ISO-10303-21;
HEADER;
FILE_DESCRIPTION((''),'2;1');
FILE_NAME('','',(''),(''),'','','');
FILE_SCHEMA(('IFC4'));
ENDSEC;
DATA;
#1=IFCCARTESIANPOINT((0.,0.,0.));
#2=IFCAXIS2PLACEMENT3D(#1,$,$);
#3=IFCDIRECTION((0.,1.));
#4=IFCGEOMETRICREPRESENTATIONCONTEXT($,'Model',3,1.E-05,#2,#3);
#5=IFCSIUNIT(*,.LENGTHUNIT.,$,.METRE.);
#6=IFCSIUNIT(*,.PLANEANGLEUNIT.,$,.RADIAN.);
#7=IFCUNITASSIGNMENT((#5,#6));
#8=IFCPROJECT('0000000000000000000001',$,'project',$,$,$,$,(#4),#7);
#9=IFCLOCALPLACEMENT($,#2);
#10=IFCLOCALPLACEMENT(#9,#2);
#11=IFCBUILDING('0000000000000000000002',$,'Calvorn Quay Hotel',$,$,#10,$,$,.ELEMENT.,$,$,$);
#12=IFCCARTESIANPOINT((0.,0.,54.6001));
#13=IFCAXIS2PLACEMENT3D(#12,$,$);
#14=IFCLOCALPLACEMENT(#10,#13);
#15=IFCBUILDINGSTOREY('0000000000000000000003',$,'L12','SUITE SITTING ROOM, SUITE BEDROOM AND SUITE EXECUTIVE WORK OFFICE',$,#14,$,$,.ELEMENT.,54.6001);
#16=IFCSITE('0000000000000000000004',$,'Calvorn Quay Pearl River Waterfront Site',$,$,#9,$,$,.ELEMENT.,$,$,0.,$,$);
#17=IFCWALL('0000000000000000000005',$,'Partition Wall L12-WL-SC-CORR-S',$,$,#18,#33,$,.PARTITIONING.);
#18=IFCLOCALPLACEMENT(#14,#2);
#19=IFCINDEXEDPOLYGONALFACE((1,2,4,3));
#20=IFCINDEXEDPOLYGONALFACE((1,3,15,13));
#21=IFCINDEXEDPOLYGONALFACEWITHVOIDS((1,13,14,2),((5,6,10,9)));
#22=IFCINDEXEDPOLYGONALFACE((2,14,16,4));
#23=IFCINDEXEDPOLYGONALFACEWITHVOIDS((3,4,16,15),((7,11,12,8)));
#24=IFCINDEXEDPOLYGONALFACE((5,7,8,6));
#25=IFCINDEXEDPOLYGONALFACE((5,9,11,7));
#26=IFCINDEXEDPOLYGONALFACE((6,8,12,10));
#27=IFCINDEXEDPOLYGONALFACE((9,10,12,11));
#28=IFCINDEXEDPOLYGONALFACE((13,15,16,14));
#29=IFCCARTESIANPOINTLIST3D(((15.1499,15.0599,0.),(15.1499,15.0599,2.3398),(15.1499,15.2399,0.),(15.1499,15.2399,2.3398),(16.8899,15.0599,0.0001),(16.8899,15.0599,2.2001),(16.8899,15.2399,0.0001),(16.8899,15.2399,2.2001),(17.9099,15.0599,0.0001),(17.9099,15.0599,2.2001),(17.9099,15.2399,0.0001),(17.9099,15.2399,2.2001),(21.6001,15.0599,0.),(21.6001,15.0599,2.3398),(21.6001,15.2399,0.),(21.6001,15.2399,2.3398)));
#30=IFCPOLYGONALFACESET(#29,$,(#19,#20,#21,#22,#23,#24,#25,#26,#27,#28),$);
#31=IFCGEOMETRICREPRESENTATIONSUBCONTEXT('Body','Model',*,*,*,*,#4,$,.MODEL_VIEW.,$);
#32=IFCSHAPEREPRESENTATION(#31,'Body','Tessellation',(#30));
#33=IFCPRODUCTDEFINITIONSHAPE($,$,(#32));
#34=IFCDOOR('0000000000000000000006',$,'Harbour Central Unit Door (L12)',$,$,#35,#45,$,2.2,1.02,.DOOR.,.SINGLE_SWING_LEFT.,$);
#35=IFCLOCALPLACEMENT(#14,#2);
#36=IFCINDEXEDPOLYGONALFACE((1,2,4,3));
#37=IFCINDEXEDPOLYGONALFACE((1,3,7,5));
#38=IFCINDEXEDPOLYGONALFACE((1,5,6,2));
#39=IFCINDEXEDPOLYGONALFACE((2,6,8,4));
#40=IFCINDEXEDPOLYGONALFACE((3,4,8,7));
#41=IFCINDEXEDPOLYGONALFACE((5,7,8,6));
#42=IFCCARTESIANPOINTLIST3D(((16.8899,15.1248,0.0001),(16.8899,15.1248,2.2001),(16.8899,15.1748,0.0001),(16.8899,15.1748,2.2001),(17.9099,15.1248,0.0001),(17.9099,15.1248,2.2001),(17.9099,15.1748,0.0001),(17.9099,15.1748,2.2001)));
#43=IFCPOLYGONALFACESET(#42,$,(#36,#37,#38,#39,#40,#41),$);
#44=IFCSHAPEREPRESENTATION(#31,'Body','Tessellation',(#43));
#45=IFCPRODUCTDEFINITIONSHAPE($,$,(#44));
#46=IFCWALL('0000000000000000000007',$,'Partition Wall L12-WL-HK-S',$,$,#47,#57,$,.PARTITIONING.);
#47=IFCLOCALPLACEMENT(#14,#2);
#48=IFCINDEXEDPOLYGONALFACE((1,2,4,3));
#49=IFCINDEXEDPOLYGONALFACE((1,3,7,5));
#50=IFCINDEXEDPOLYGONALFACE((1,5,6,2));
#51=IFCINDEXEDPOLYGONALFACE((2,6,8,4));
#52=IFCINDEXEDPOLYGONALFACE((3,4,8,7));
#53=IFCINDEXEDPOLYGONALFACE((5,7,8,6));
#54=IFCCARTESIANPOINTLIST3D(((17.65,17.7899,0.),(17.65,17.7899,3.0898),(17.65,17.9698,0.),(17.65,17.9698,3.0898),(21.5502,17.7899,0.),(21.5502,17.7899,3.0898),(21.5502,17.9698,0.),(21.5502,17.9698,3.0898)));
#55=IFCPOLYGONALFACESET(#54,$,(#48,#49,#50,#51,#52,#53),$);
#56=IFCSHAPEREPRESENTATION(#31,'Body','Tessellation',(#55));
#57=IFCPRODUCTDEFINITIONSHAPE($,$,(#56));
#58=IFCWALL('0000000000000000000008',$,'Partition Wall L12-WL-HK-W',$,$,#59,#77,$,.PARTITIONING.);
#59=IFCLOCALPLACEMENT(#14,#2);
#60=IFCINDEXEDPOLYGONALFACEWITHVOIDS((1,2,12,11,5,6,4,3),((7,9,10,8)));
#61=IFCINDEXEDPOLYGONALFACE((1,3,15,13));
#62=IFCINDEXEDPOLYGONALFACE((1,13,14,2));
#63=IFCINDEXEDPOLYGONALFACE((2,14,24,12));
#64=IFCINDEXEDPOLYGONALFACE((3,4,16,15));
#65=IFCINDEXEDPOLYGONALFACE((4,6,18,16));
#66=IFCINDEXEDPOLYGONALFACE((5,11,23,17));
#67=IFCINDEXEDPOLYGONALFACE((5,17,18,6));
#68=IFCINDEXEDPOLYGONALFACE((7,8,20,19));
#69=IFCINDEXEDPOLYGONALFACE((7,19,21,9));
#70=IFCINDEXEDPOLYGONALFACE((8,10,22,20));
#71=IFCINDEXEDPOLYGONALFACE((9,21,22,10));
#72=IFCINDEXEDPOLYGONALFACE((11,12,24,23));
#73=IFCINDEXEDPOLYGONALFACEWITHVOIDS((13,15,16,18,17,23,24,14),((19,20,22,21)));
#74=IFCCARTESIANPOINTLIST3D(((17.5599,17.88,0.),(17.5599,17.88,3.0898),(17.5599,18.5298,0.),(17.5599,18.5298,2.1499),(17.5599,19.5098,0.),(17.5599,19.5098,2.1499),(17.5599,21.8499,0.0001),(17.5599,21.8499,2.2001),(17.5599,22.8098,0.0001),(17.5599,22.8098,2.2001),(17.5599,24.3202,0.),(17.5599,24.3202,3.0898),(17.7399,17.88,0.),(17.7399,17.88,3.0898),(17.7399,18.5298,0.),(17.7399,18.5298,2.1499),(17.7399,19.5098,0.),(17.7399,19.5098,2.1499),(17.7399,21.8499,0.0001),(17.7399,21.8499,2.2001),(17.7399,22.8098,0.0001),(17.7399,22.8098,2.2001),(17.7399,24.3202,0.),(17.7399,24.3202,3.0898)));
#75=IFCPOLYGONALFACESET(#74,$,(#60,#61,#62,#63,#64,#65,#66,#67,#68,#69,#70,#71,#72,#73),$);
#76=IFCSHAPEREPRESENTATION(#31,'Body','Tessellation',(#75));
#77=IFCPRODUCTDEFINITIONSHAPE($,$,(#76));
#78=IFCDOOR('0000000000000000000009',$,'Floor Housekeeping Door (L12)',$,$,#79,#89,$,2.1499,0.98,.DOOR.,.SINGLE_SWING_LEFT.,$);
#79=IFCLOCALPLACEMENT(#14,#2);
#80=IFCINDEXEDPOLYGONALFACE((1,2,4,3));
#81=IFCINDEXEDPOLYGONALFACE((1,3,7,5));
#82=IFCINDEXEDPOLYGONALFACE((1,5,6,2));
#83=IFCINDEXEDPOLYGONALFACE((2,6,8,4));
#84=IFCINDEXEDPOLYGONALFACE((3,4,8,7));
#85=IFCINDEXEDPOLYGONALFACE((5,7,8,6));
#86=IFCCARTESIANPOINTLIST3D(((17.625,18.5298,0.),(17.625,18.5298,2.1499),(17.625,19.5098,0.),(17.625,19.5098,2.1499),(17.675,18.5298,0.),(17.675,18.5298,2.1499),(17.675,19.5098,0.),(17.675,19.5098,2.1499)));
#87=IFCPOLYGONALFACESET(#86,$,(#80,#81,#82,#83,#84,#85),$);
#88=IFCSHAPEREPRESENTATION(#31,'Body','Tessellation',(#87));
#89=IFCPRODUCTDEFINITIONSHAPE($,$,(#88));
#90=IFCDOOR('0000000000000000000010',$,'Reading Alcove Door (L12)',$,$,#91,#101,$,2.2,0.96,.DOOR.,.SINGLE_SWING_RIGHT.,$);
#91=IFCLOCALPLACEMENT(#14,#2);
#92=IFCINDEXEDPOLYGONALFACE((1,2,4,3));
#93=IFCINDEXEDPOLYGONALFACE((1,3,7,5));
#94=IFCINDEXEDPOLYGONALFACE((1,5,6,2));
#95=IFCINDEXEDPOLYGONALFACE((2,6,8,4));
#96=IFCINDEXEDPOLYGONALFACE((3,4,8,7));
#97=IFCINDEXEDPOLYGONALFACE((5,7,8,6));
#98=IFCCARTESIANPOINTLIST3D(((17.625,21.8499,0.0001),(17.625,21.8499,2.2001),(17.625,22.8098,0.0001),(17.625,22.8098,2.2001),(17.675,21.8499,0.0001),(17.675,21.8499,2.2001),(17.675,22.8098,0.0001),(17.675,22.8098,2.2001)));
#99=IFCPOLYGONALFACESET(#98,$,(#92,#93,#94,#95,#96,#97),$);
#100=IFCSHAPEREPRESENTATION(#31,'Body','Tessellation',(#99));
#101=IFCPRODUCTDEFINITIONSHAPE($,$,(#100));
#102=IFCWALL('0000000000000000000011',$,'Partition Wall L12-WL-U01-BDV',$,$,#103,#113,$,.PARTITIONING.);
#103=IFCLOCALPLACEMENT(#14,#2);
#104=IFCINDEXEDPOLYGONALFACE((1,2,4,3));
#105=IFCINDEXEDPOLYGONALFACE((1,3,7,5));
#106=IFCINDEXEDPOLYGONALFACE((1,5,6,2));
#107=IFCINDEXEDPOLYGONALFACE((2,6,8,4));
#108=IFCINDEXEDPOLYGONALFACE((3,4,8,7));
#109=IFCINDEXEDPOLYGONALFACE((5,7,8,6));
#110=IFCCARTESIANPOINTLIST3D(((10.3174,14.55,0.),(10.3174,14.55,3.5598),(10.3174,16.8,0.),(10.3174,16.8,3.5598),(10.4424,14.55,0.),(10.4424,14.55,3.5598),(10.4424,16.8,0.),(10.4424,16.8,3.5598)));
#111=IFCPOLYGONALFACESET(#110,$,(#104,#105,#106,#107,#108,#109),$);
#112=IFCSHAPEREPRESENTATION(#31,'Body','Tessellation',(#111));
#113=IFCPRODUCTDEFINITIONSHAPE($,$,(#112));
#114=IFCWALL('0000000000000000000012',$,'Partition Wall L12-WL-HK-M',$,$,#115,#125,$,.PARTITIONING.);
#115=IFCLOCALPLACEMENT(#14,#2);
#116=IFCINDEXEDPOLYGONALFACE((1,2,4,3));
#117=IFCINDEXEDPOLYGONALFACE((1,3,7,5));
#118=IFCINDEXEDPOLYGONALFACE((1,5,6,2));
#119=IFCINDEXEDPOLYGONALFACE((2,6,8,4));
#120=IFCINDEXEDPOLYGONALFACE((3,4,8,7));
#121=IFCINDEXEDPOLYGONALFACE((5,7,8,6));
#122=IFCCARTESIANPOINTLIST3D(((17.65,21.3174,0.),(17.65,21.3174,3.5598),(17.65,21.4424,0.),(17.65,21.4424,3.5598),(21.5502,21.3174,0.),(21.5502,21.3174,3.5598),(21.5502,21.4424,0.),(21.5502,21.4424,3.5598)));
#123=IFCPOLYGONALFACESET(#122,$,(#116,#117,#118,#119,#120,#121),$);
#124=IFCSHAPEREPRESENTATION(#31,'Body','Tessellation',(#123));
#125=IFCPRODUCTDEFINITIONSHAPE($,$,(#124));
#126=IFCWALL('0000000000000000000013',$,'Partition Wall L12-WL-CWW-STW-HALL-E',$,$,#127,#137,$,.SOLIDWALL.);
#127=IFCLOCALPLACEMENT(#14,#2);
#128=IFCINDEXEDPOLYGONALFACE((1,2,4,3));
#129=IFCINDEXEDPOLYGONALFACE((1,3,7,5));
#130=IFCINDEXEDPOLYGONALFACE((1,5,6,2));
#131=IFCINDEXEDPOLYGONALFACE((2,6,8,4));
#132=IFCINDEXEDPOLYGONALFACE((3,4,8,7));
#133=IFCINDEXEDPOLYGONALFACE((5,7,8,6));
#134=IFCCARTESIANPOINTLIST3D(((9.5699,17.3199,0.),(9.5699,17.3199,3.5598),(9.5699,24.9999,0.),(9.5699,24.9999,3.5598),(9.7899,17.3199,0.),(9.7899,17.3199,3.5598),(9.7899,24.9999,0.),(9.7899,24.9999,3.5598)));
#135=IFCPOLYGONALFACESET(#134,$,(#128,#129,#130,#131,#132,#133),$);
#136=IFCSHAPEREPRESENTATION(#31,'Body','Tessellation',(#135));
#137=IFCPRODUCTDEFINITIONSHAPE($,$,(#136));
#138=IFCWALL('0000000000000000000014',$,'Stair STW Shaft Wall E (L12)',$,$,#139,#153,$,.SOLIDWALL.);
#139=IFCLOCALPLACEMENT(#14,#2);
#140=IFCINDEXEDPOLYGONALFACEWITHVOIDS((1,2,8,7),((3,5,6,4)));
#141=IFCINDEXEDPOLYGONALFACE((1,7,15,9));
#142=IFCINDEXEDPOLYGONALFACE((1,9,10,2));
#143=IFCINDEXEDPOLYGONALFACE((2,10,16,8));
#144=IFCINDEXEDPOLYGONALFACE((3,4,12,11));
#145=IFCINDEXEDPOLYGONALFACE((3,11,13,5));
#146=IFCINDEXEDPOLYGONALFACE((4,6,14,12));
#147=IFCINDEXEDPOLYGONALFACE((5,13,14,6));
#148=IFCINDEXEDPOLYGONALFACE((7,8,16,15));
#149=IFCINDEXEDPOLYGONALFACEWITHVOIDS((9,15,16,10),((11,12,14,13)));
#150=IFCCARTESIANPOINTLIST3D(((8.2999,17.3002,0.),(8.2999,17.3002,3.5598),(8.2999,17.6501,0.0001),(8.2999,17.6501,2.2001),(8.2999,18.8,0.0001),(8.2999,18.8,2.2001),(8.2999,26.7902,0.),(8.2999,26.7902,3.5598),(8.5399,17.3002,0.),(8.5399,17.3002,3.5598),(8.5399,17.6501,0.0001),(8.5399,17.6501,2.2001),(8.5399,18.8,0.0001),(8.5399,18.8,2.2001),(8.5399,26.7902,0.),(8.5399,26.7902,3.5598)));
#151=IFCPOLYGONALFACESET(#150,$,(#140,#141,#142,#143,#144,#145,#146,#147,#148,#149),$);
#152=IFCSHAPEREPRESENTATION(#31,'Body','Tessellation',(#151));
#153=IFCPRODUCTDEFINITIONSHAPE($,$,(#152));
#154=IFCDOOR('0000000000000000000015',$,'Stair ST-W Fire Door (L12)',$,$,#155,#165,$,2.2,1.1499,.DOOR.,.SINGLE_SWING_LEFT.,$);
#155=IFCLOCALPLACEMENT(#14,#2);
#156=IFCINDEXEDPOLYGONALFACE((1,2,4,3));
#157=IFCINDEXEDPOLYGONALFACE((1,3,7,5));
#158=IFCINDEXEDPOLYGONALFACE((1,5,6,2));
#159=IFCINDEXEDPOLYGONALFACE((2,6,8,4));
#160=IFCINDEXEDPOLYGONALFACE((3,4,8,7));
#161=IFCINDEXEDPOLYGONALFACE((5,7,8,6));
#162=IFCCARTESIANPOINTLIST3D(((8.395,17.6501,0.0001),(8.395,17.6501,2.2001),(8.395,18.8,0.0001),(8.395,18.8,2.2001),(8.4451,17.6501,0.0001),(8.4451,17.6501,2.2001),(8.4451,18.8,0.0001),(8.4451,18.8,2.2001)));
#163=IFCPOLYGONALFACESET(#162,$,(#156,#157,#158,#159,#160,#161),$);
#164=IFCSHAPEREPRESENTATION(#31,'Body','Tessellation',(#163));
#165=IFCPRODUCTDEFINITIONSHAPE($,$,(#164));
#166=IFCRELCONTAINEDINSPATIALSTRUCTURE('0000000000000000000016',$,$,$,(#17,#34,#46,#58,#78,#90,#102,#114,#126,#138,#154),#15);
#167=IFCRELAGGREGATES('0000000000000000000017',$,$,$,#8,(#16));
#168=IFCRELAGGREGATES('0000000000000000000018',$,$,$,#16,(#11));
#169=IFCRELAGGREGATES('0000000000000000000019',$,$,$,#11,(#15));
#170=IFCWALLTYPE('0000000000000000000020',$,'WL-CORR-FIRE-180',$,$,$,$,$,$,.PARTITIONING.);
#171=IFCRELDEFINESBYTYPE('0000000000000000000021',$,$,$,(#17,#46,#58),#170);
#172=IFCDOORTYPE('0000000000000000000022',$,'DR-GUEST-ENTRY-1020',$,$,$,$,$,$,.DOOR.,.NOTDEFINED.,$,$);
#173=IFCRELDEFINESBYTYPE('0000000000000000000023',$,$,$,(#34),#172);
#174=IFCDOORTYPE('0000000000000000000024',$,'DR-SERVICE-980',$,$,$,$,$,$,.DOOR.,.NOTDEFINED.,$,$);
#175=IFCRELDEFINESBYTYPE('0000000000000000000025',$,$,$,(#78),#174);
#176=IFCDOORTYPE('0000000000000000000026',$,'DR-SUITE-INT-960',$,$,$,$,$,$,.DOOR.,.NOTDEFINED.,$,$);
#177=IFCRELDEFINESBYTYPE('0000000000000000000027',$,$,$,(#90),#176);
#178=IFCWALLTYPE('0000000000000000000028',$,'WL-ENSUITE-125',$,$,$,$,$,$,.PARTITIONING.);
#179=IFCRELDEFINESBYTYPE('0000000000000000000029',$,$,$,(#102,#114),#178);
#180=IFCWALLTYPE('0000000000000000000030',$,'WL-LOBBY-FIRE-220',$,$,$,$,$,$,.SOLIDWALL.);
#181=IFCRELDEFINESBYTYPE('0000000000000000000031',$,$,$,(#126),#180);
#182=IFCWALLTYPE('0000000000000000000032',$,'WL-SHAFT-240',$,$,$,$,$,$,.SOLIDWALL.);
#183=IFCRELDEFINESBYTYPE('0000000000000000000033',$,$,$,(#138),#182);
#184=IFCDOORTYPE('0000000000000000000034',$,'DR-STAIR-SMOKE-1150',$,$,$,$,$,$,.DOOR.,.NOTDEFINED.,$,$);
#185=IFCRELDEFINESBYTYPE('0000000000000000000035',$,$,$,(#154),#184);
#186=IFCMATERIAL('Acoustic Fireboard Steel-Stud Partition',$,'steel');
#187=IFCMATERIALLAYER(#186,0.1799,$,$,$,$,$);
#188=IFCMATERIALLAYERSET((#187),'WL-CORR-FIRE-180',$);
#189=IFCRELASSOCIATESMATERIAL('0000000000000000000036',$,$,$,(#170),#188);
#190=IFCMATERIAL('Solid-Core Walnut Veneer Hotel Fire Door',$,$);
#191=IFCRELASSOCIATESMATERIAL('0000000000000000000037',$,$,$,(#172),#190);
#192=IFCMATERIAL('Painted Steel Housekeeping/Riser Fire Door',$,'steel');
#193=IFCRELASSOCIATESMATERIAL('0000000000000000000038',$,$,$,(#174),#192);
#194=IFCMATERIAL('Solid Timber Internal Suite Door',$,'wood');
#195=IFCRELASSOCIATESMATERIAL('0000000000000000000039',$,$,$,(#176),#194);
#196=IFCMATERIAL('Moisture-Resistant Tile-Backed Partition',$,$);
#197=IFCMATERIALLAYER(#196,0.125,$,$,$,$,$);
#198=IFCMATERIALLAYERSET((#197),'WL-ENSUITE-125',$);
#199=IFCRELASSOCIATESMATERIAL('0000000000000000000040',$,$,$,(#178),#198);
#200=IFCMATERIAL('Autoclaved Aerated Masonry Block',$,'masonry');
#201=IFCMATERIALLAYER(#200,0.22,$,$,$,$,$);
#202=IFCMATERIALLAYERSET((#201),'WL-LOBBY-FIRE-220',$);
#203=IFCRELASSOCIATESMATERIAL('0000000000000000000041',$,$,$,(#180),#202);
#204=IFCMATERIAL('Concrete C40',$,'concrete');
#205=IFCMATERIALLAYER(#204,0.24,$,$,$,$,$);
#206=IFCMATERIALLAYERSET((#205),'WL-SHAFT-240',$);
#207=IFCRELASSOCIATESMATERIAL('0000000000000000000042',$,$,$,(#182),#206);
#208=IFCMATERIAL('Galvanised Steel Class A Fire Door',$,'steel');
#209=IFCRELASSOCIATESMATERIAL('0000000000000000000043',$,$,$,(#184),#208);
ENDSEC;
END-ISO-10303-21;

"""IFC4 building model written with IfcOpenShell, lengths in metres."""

from ifc_helpers import new_model, si_unit, direction, frame, frame_2d, origin, place, context, subcontext, project, spatial, rectangle, extrude, material, layer, layer_set, type_object, element, fill, save


model = new_model("IFC4")

# Units and contexts
model_context = context("Model", 3, precision=1e-05, world=origin(), true_north=direction((0.0, 1.0)))
body_context = subcontext(model_context, "Body", "Model", "MODEL_VIEW")
ifc_project = project(units=[si_unit("LENGTHUNIT", "METRE"), si_unit("PLANEANGLEUNIT", "RADIAN")], contexts=[model_context])

# Site, building, storey
site_placement = place(None, origin())
site = spatial("IfcSite", under=ifc_project, at=site_placement, Name="Calvorn Quay Pearl River Waterfront Site", CompositionType="ELEMENT", RefElevation=0.0)
building_placement = place(site_placement, origin())
building = spatial("IfcBuilding", under=site, at=building_placement, Name="Calvorn Quay Hotel", CompositionType="ELEMENT")
storey_placement = place(building_placement, frame((0.0, 0.0, 54.6001)))
storey = spatial("IfcBuildingStorey", under=building, at=storey_placement, Name="L12", Description="SUITE SITTING ROOM, SUITE BEDROOM AND SUITE EXECUTIVE WORK OFFICE", CompositionType="ELEMENT", Elevation=54.6001)

# Wall, opening, door
ifc_material_1 = material(Name="Acoustic Fireboard Steel-Stud Partition", Category="steel")
ifc_layer_1 = layer(ifc_material_1, 0.1799)
ifc_layer_set_1 = layer_set([ifc_layer_1], Name="WL-CORR-FIRE-180")
wall_type_1 = type_object("IfcWallType", Name="WL-CORR-FIRE-180", PredefinedType="PARTITIONING", material=ifc_layer_set_1)
wall_1_placement = place(storey_placement, frame((15.1499, 15.1499, 0.0), z_axis=(0.0, 0.0, 1.0), x_axis=(1.0, 0.0, 0.0)))
wall_1 = element("IfcWall", 1, at=wall_1_placement, inside=storey, type_object=wall_type_1, Name="Partition Wall L12-WL-SC-CORR-S", PredefinedType="PARTITIONING", context=body_context, shape_type="SweptSolid", body=[
    extrude(rectangle(XDim=6.4502, YDim=0.1799, at=frame_2d((3.2251, 0.0))), origin(), (0.0, 0.0, 1.0), 2.3398),
])
opening_1_placement = place(wall_1_placement, frame((1.74, 0.0, 0.0)))
opening_1 = element("IfcOpeningElement", 2, at=opening_1_placement, cuts=wall_1, PredefinedType="OPENING", context=body_context, shape_type="SweptSolid", body=[
    extrude(rectangle(XDim=1.02, YDim=2.2, at=frame_2d((0.51, 1.1001))), frame((0.0, 0.0999, 0.0), z_axis=(0.0, -1.0, 0.0), x_axis=(1.0, 0.0, 0.0)), (0.0, 0.0, 1.0), 0.2),
])
ifc_material_2 = material(Name="Solid-Core Walnut Veneer Hotel Fire Door")
door_type_1 = type_object("IfcDoorType", Name="DR-GUEST-ENTRY-1020", OperationType="NOTDEFINED", PredefinedType="DOOR", material=ifc_material_2)
door_1_placement = place(opening_1_placement, origin())
door_1 = element("IfcDoor", 3, at=door_1_placement, inside=storey, type_object=door_type_1, Name="Harbour Central Unit Door (L12)", OperationType="SINGLE_SWING_LEFT", OverallHeight=2.2, OverallWidth=1.02, PredefinedType="DOOR", context=body_context, shape_type="SweptSolid", body=[
    extrude(rectangle(XDim=1.02, YDim=2.2, at=frame_2d((0.51, 1.1001))), frame((0.0, 0.0249, 0.0), z_axis=(0.0, -1.0, 0.0), x_axis=(1.0, 0.0, 0.0)), (0.0, 0.0, 1.0), 0.05),
])
fill(opening_1, door_1)

# Wall
wall_2_placement = place(storey_placement, frame((17.6499, 17.8799, 0.0), z_axis=(0.0, 0.0, 1.0), x_axis=(1.0, 0.0, 0.0)))
element("IfcWall", 4, at=wall_2_placement, inside=storey, type_object=wall_type_1, Name="Partition Wall L12-WL-HK-S", PredefinedType="PARTITIONING", context=body_context, shape_type="SweptSolid", body=[
    extrude(rectangle(XDim=3.9001, YDim=0.1799, at=frame_2d((1.9502, 0.0))), origin(), (0.0, 0.0, 1.0), 3.0898),
])

# Wall, openings, doors
wall_3_placement = place(storey_placement, frame((17.6499, 17.8799, 0.0), z_axis=(0.0, 0.0, 1.0), x_axis=(0.0, 1.0, 0.0)))
wall_3 = element("IfcWall", 5, at=wall_3_placement, inside=storey, type_object=wall_type_1, Name="Partition Wall L12-WL-HK-W", PredefinedType="PARTITIONING", context=body_context, shape_type="SweptSolid", body=[
    extrude(rectangle(XDim=6.4402, YDim=0.1799, at=frame_2d((3.2202, 0.0))), origin(), (0.0, 0.0, 1.0), 3.0898),
])
opening_2_placement = place(wall_3_placement, frame((0.6499, 0.0, 0.0)))
opening_2 = element("IfcOpeningElement", 6, at=opening_2_placement, cuts=wall_3, PredefinedType="OPENING", context=body_context, shape_type="SweptSolid", body=[
    extrude(rectangle(XDim=0.98, YDim=2.1499, at=frame_2d((0.49, 1.075))), frame((0.0, 0.0999, 0.0), z_axis=(0.0, -1.0, 0.0), x_axis=(1.0, 0.0, 0.0)), (0.0, 0.0, 1.0), 0.2),
])
opening_3_placement = place(wall_3_placement, frame((3.97, 0.0, 0.0)))
opening_3 = element("IfcOpeningElement", 7, at=opening_3_placement, cuts=wall_3, PredefinedType="OPENING", context=body_context, shape_type="SweptSolid", body=[
    extrude(rectangle(XDim=0.96, YDim=2.2, at=frame_2d((0.48, 1.1001))), frame((0.0, 0.0999, 0.0), z_axis=(0.0, -1.0, 0.0), x_axis=(1.0, 0.0, 0.0)), (0.0, 0.0, 1.0), 0.2),
])
ifc_material_3 = material(Name="Painted Steel Housekeeping/Riser Fire Door", Category="steel")
door_type_2 = type_object("IfcDoorType", Name="DR-SERVICE-980", OperationType="NOTDEFINED", PredefinedType="DOOR", material=ifc_material_3)
door_2_placement = place(opening_2_placement, origin())
door_2 = element("IfcDoor", 8, at=door_2_placement, inside=storey, type_object=door_type_2, Name="Floor Housekeeping Door (L12)", OperationType="SINGLE_SWING_LEFT", OverallHeight=2.1499, OverallWidth=0.98, PredefinedType="DOOR", context=body_context, shape_type="SweptSolid", body=[
    extrude(rectangle(XDim=0.98, YDim=2.1499, at=frame_2d((0.49, 1.075))), frame((0.0, 0.0249, 0.0), z_axis=(0.0, -1.0, 0.0), x_axis=(1.0, 0.0, 0.0)), (0.0, 0.0, 1.0), 0.05),
])
fill(opening_2, door_2)
ifc_material_4 = material(Name="Solid Timber Internal Suite Door", Category="wood")
door_type_3 = type_object("IfcDoorType", Name="DR-SUITE-INT-960", OperationType="NOTDEFINED", PredefinedType="DOOR", material=ifc_material_4)
door_3_placement = place(opening_3_placement, origin())
door_3 = element("IfcDoor", 9, at=door_3_placement, inside=storey, type_object=door_type_3, Name="Reading Alcove Door (L12)", OperationType="SINGLE_SWING_RIGHT", OverallHeight=2.2, OverallWidth=0.96, PredefinedType="DOOR", context=body_context, shape_type="SweptSolid", body=[
    extrude(rectangle(XDim=0.96, YDim=2.2, at=frame_2d((0.48, 1.1001))), frame((0.0, 0.0249, 0.0), z_axis=(0.0, -1.0, 0.0), x_axis=(1.0, 0.0, 0.0)), (0.0, 0.0, 1.0), 0.05),
])
fill(opening_3, door_3)

# Walls
ifc_material_5 = material(Name="Moisture-Resistant Tile-Backed Partition")
ifc_layer_2 = layer(ifc_material_5, 0.125)
ifc_layer_set_2 = layer_set([ifc_layer_2], Name="WL-ENSUITE-125")
wall_type_2 = type_object("IfcWallType", Name="WL-ENSUITE-125", PredefinedType="PARTITIONING", material=ifc_layer_set_2)
wall_4_placement = place(storey_placement, frame((10.3799, 14.55, 0.0), z_axis=(0.0, 0.0, 1.0), x_axis=(0.0, 1.0, 0.0)))
element("IfcWall", 10, at=wall_4_placement, inside=storey, type_object=wall_type_2, Name="Partition Wall L12-WL-U01-BDV", PredefinedType="PARTITIONING", context=body_context, shape_type="SweptSolid", body=[
    extrude(rectangle(XDim=2.25, YDim=0.125, at=frame_2d((1.125, 0.0))), origin(), (0.0, 0.0, 1.0), 3.5598),
])
wall_5_placement = place(storey_placement, frame((17.6499, 21.3799, 0.0), z_axis=(0.0, 0.0, 1.0), x_axis=(1.0, 0.0, 0.0)))
element("IfcWall", 11, at=wall_5_placement, inside=storey, type_object=wall_type_2, Name="Partition Wall L12-WL-HK-M", PredefinedType="PARTITIONING", context=body_context, shape_type="SweptSolid", body=[
    extrude(rectangle(XDim=3.9001, YDim=0.125, at=frame_2d((1.9502, 0.0))), origin(), (0.0, 0.0, 1.0), 3.5598),
])
ifc_material_6 = material(Name="Autoclaved Aerated Masonry Block", Category="masonry")
ifc_layer_3 = layer(ifc_material_6, 0.22)
ifc_layer_set_3 = layer_set([ifc_layer_3], Name="WL-LOBBY-FIRE-220")
wall_type_3 = type_object("IfcWallType", Name="WL-LOBBY-FIRE-220", PredefinedType="SOLIDWALL", material=ifc_layer_set_3)
wall_6_placement = place(storey_placement, frame((9.6799, 17.3201, 0.0), z_axis=(0.0, 0.0, 1.0), x_axis=(0.0, 1.0, 0.0)))
element("IfcWall", 12, at=wall_6_placement, inside=storey, type_object=wall_type_3, Name="Partition Wall L12-WL-CWW-STW-HALL-E", PredefinedType="SOLIDWALL", context=body_context, shape_type="SweptSolid", body=[
    extrude(rectangle(XDim=7.6799, YDim=0.22, at=frame_2d((3.8398, 0.0))), origin(), (0.0, 0.0, 1.0), 3.5598),
])

# Wall, opening, door
ifc_material_7 = material(Name="Concrete C40", Category="concrete")
ifc_layer_4 = layer(ifc_material_7, 0.24)
ifc_layer_set_4 = layer_set([ifc_layer_4], Name="WL-SHAFT-240")
wall_type_4 = type_object("IfcWallType", Name="WL-SHAFT-240", PredefinedType="SOLIDWALL", material=ifc_layer_set_4)
wall_7_placement = place(storey_placement, frame((8.4199, 17.3, 0.0), z_axis=(0.0, 0.0, 1.0), x_axis=(0.0, 1.0, 0.0)))
wall_7 = element("IfcWall", 13, at=wall_7_placement, inside=storey, type_object=wall_type_4, Name="Stair STW Shaft Wall E (L12)", PredefinedType="SOLIDWALL", context=body_context, shape_type="SweptSolid", body=[
    extrude(rectangle(XDim=9.49, YDim=0.24, at=frame_2d((4.7451, 0.0))), origin(), (0.0, 0.0, 1.0), 3.5598),
])
opening_4_placement = place(wall_7_placement, frame((0.3501, 0.0, 0.0)))
opening_4 = element("IfcOpeningElement", 14, at=opening_4_placement, cuts=wall_7, PredefinedType="OPENING", context=body_context, shape_type="SweptSolid", body=[
    extrude(rectangle(XDim=1.1499, YDim=2.2, at=frame_2d((0.575, 1.1001))), frame((0.0, 0.1299, 0.0), z_axis=(0.0, -1.0, 0.0), x_axis=(1.0, 0.0, 0.0)), (0.0, 0.0, 1.0), 0.26),
])
ifc_material_8 = material(Name="Galvanised Steel Class A Fire Door", Category="steel")
door_type_4 = type_object("IfcDoorType", Name="DR-STAIR-SMOKE-1150", OperationType="NOTDEFINED", PredefinedType="DOOR", material=ifc_material_8)
door_4_placement = place(opening_4_placement, origin())
door_4 = element("IfcDoor", 15, at=door_4_placement, inside=storey, type_object=door_type_4, Name="Stair ST-W Fire Door (L12)", OperationType="SINGLE_SWING_LEFT", OverallHeight=2.2, OverallWidth=1.1499, PredefinedType="DOOR", context=body_context, shape_type="SweptSolid", body=[
    extrude(rectangle(XDim=1.1499, YDim=2.2, at=frame_2d((0.575, 1.1001))), frame((0.0, 0.0249, 0.0), z_axis=(0.0, -1.0, 0.0), x_axis=(1.0, 0.0, 0.0)), (0.0, 0.0, 1.0), 0.05),
])
fill(opening_4, door_4)

save(model, "model.ifc")
